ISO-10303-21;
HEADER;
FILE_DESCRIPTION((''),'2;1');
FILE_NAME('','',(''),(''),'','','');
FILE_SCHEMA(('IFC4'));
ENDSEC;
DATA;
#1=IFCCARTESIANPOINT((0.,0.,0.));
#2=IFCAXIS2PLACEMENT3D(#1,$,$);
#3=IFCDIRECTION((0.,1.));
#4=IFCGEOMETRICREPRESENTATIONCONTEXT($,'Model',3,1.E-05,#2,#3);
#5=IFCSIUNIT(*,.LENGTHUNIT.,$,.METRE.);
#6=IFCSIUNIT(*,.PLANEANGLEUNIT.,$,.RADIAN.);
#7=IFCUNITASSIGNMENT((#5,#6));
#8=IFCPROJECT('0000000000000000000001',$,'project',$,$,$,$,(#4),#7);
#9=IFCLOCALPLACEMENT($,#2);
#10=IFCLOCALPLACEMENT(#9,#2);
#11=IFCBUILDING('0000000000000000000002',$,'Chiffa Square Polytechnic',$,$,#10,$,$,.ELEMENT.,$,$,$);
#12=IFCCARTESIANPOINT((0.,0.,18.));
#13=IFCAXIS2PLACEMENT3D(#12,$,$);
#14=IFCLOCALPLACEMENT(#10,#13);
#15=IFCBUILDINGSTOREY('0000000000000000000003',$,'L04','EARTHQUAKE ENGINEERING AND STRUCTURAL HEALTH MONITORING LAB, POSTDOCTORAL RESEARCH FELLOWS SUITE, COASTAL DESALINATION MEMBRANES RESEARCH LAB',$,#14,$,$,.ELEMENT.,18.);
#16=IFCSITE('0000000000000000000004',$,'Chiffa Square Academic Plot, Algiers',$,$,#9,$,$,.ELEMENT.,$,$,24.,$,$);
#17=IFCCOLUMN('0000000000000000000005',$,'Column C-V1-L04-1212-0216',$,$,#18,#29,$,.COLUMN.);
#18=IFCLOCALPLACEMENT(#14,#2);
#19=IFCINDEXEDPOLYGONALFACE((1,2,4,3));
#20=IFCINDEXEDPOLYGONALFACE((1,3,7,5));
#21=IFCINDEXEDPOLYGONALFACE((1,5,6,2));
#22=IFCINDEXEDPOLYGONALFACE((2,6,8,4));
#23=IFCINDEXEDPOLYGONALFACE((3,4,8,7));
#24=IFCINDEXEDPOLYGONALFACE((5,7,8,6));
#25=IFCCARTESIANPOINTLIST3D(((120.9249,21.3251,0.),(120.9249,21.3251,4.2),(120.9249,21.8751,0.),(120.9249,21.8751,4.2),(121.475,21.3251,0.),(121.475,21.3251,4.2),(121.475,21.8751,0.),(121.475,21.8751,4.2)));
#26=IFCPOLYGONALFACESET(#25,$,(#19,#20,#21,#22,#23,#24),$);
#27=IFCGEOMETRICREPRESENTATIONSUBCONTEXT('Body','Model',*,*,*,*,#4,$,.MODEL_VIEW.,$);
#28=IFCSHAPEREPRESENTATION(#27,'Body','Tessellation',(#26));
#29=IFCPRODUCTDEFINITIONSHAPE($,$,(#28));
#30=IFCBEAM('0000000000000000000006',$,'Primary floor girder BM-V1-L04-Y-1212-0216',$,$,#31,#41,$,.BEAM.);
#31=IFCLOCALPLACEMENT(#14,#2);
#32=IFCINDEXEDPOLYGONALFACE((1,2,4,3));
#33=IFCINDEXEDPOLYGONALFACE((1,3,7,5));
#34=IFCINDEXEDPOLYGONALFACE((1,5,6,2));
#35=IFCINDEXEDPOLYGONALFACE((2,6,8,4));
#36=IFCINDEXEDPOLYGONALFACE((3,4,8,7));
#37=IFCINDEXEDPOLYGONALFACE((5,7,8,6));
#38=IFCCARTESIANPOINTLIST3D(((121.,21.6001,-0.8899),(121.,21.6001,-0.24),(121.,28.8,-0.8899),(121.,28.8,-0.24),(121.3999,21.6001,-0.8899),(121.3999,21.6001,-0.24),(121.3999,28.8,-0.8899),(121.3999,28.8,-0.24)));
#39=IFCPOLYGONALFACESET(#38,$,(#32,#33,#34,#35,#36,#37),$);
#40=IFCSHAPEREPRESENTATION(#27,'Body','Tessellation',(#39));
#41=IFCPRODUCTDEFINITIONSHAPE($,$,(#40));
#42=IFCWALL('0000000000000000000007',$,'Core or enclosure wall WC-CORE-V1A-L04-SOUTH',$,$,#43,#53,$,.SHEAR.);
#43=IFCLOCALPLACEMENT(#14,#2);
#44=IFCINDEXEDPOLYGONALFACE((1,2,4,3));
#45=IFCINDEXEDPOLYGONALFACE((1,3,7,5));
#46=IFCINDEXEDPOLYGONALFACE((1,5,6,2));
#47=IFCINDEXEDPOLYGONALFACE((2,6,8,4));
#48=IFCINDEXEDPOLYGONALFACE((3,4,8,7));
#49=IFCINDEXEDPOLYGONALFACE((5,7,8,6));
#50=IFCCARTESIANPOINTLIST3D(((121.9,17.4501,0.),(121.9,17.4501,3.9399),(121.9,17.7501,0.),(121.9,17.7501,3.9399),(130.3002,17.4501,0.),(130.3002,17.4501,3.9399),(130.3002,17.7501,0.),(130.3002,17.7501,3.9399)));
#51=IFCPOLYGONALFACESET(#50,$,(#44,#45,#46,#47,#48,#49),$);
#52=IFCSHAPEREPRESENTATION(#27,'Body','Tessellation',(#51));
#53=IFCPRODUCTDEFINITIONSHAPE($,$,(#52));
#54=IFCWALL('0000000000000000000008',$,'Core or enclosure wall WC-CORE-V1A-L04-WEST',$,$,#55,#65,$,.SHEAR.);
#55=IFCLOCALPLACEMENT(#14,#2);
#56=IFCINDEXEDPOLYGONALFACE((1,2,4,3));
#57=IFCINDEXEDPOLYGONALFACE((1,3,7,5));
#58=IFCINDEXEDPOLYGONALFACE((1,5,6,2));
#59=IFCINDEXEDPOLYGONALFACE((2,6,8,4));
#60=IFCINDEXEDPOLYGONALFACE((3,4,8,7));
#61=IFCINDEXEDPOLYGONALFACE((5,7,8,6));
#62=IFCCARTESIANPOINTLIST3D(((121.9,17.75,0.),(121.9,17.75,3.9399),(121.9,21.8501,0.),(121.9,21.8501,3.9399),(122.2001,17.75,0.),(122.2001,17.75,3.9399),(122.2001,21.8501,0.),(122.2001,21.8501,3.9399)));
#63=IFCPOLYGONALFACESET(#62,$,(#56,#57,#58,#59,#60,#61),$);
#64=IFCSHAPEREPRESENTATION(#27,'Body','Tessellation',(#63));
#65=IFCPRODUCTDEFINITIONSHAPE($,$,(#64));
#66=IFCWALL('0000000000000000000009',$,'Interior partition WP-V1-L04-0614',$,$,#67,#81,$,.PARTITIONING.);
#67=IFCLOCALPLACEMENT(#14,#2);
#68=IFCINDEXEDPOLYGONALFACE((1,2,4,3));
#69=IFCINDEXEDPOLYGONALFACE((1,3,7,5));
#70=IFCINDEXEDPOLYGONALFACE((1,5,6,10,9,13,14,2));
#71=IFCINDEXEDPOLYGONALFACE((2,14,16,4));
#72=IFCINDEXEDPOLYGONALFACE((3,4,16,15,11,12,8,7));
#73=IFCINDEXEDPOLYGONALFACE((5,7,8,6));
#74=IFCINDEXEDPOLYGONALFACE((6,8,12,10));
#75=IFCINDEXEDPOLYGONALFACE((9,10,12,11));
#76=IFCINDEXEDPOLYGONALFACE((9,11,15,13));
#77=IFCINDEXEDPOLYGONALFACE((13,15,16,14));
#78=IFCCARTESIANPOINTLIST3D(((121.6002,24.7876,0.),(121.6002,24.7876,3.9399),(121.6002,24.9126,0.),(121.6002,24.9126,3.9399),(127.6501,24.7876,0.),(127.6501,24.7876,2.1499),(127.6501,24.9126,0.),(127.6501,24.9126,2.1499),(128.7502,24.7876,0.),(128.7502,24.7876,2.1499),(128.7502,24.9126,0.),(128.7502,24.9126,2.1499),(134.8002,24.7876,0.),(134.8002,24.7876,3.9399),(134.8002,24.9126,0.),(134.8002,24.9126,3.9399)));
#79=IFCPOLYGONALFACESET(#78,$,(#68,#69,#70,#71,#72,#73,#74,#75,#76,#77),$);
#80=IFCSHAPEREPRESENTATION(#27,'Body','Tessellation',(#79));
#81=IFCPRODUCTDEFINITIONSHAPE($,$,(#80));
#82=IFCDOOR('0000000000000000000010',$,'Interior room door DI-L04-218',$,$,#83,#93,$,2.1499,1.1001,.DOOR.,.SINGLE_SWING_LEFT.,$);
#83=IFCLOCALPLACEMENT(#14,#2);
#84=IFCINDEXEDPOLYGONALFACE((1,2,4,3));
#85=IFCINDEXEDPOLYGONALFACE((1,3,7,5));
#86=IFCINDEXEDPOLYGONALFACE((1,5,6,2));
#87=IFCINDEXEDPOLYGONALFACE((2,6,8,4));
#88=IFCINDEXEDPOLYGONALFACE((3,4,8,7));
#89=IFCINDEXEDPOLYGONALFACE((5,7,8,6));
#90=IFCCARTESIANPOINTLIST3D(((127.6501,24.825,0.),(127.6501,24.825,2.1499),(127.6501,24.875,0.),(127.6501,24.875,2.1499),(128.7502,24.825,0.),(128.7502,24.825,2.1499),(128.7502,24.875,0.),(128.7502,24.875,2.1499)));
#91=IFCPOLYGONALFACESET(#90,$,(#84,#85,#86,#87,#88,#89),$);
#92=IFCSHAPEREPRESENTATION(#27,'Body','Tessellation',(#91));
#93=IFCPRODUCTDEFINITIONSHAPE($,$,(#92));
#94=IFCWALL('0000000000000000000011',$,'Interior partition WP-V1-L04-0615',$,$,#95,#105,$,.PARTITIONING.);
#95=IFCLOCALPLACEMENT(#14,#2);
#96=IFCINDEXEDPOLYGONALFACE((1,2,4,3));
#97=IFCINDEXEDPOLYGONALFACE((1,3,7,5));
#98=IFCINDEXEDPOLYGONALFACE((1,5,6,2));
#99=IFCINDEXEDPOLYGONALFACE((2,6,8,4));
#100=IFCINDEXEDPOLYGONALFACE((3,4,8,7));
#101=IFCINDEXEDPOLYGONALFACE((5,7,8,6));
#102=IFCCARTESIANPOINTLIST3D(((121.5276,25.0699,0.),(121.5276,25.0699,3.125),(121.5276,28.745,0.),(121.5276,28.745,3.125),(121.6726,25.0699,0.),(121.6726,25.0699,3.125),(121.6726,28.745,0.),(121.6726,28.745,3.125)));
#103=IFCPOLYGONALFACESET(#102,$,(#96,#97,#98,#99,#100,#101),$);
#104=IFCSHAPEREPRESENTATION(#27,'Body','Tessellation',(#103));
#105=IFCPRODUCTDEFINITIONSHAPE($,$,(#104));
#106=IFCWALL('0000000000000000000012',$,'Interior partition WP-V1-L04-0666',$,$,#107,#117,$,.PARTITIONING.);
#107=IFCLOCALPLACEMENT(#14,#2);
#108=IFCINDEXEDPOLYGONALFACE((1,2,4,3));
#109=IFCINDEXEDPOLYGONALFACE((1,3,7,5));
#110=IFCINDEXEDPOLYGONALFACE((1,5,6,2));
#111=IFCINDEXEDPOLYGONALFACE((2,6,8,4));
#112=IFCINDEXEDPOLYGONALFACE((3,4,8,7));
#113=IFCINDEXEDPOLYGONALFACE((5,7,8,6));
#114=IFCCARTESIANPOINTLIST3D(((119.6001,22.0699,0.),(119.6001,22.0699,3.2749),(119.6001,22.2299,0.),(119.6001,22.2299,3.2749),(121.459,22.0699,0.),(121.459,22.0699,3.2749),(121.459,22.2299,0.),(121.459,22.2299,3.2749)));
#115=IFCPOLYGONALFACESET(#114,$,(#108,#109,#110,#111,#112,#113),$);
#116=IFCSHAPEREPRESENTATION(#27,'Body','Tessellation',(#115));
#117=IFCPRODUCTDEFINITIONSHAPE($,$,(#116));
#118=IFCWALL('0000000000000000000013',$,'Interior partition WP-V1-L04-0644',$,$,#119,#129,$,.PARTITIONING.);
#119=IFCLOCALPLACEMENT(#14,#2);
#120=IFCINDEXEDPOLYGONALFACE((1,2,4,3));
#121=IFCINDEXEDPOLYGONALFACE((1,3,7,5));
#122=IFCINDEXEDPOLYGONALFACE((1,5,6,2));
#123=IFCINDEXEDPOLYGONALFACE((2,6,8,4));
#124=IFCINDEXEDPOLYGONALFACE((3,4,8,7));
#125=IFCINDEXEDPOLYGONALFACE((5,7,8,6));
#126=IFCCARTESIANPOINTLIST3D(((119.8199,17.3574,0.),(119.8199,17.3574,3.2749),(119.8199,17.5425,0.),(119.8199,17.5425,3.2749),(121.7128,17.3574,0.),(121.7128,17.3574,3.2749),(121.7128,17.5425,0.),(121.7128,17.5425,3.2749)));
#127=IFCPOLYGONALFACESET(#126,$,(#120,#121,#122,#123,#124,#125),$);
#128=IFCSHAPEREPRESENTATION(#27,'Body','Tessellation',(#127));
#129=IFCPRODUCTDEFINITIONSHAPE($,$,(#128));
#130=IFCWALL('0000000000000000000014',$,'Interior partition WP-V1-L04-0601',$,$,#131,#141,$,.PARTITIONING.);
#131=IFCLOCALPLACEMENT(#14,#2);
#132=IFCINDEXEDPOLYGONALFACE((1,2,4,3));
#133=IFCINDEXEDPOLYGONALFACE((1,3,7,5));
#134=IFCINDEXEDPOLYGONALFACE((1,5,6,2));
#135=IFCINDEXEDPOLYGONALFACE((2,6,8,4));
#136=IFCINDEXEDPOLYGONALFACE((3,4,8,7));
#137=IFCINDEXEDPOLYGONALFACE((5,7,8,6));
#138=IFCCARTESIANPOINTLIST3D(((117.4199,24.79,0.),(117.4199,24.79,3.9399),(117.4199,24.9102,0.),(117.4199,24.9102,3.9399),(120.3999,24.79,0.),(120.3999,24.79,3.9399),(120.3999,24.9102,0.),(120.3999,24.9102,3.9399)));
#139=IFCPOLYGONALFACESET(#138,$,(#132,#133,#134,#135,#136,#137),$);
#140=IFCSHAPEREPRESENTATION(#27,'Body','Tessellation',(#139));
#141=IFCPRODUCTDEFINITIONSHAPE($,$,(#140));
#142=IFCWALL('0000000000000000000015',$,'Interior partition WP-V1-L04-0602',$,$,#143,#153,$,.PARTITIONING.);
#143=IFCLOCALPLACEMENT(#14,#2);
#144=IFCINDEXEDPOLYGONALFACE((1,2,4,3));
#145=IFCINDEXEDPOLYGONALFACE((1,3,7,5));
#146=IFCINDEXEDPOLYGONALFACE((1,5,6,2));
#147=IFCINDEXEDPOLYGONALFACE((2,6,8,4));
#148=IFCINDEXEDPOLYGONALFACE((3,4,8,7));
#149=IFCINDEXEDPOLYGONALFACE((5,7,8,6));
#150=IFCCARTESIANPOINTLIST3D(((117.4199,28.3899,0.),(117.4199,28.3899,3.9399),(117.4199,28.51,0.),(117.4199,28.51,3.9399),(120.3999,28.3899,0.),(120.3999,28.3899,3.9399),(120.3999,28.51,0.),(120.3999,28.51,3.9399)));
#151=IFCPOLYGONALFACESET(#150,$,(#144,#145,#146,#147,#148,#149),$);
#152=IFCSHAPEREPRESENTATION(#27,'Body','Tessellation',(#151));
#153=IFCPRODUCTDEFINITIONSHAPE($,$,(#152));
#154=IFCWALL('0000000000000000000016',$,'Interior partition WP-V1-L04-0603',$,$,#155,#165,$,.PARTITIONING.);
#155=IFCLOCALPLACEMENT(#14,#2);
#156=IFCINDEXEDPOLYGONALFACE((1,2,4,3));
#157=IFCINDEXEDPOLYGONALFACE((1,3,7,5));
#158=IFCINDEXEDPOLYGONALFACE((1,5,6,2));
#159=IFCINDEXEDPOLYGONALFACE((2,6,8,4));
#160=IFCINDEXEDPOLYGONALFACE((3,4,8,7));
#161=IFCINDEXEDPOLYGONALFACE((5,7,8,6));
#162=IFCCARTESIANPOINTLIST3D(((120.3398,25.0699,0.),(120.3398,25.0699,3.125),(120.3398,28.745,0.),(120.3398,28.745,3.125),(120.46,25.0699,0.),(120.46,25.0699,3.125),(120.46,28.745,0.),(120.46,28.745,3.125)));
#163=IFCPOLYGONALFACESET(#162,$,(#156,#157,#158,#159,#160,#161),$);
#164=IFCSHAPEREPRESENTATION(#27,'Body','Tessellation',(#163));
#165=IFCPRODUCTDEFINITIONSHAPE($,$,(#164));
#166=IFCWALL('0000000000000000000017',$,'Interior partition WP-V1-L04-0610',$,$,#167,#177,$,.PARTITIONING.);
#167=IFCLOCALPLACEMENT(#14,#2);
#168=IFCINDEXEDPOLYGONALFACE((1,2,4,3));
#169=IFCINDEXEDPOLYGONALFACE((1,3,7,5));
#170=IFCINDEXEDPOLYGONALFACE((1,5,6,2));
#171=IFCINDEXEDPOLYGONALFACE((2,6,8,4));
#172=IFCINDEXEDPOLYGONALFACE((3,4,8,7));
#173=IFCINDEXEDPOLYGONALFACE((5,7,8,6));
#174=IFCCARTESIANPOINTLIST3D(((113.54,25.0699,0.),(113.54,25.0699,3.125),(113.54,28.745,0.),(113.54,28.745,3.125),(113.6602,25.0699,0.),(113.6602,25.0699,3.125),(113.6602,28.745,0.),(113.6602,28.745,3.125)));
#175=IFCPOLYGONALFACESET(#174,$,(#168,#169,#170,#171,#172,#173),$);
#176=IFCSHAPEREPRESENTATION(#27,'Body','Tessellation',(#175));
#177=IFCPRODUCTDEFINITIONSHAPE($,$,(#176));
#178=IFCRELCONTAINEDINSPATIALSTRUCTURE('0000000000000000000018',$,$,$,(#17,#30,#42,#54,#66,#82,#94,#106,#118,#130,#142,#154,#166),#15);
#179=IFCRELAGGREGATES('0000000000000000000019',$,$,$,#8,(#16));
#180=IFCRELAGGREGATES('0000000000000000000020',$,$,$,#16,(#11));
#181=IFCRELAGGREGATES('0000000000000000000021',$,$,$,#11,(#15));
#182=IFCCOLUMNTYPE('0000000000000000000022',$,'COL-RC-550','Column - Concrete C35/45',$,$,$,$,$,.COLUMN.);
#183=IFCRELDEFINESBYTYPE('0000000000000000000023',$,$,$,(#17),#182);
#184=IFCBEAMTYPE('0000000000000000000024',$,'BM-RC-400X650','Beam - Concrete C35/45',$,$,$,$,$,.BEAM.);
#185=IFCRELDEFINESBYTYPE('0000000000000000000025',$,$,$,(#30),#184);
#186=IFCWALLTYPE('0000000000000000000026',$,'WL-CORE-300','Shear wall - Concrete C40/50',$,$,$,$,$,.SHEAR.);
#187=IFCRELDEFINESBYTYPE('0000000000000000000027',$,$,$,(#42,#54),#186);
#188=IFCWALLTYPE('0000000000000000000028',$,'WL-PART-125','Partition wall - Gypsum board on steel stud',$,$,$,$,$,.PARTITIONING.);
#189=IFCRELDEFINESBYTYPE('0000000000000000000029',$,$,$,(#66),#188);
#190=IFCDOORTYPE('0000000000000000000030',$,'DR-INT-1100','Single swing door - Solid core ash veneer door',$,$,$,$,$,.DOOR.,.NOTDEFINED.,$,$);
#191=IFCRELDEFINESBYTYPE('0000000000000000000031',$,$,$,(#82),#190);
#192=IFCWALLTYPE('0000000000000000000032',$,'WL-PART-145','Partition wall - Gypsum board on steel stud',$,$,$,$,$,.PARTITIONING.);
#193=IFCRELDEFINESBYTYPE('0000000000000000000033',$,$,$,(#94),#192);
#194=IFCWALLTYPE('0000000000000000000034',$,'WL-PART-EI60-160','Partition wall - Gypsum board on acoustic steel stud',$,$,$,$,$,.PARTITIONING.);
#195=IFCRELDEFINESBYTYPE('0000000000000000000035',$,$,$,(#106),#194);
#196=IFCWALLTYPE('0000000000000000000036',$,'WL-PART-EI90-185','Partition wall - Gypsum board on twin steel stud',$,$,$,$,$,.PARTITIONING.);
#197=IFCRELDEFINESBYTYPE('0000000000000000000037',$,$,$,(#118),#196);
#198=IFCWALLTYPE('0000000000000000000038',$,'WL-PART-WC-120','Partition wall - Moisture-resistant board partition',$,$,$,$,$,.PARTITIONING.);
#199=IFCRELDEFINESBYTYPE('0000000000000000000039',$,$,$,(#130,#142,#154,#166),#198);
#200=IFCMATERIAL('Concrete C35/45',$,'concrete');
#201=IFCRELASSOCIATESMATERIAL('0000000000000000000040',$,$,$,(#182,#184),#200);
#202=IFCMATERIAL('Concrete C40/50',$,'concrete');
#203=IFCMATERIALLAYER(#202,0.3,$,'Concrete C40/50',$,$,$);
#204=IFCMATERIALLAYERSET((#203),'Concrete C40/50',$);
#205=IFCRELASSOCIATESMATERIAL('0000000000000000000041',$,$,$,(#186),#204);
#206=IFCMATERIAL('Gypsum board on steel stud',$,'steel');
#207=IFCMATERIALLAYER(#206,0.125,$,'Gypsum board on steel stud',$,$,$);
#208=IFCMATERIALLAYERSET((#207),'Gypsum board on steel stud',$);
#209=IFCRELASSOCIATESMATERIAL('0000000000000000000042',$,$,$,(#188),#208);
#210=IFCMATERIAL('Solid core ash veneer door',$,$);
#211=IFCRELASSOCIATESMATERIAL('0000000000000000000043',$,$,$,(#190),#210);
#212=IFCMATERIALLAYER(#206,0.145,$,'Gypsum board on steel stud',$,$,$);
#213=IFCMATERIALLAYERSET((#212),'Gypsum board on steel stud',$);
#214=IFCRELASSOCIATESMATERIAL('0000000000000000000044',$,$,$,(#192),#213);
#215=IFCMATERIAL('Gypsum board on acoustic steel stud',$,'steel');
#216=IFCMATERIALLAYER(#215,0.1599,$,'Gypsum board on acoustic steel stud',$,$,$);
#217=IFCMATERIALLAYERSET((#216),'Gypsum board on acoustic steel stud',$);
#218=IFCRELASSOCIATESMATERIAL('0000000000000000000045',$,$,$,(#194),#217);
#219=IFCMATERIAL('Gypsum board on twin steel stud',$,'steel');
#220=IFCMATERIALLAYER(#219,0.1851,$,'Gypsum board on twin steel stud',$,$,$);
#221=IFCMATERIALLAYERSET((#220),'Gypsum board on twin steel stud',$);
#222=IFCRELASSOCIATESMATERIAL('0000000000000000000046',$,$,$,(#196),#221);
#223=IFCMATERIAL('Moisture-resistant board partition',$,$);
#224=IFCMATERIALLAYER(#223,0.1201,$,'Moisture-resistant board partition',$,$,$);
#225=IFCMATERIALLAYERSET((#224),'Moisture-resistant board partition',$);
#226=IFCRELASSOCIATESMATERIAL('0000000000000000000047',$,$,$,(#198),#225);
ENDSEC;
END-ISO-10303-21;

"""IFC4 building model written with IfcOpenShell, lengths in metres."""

from ifc_helpers import new_model, si_unit, direction, frame, frame_2d, origin, origin_2d, place, context, subcontext, project, spatial, rectangle, extrude, material, layer, layer_set, material_profile, profile_set, type_object, element, fill, save


model = new_model("IFC4")

# Units and contexts
model_context = context("Model", 3, precision=1e-05, world=origin(), true_north=direction((0.0, 1.0)))
body_context = subcontext(model_context, "Body", "Model", "MODEL_VIEW")
ifc_project = project(units=[si_unit("LENGTHUNIT", "METRE"), si_unit("PLANEANGLEUNIT", "RADIAN")], contexts=[model_context])

# Site, building, storey
site_placement = place(None, origin())
site = spatial("IfcSite", under=ifc_project, at=site_placement, Name="Chiffa Square Academic Plot, Algiers", CompositionType="ELEMENT", RefElevation=24.0)
building_placement = place(site_placement, origin())
building = spatial("IfcBuilding", under=site, at=building_placement, Name="Chiffa Square Polytechnic", CompositionType="ELEMENT")
storey_placement = place(building_placement, frame((0.0, 0.0, 18.0)))
storey = spatial("IfcBuildingStorey", under=building, at=storey_placement, Name="L04", Description="EARTHQUAKE ENGINEERING AND STRUCTURAL HEALTH MONITORING LAB, POSTDOCTORAL RESEARCH FELLOWS SUITE, COASTAL DESALINATION MEMBRANES RESEARCH LAB", CompositionType="ELEMENT", Elevation=18.0)

# Column
ifc_material_1 = material(Name="Concrete C35/45", Category="concrete")
ifc_material_profile_1 = material_profile(ifc_material_1, rectangle(XDim=0.55, YDim=0.55, at=origin_2d()), Name="RC 550x550")
ifc_profile_set_1 = profile_set([ifc_material_profile_1], Name="Concrete C35/45")
column_type = type_object("IfcColumnType", Name="COL-RC-550", Description="Column - Concrete C35/45", PredefinedType="COLUMN", material=ifc_profile_set_1)
column_placement = place(storey_placement, frame((121.2, 21.6001, 0.0), z_axis=(0.0, 0.0, 1.0), x_axis=(1.0, 0.0, 0.0)))
element("IfcColumn", 1, at=column_placement, inside=storey, type_object=column_type, Name="Column C-V1-L04-1212-0216", PredefinedType="COLUMN", context=body_context, shape_type="SweptSolid", body=[
    extrude(rectangle(XDim=0.55, YDim=0.55, at=origin_2d()), origin(), (0.0, 0.0, 1.0), 4.2),
])

# Beam
ifc_material_profile_2 = material_profile(ifc_material_1, rectangle(XDim=0.3999, YDim=0.6499, at=origin_2d()), Name="RC 400x650")
ifc_profile_set_2 = profile_set([ifc_material_profile_2], Name="Concrete C35/45")
beam_type = type_object("IfcBeamType", Name="BM-RC-400X650", Description="Beam - Concrete C35/45", PredefinedType="BEAM", material=ifc_profile_set_2)
beam_placement = place(storey_placement, frame((121.2, 21.6001, -0.5649), z_axis=(0.0, 1.0, 0.0), x_axis=(-1.0, 0.0, 0.0)))
element("IfcBeam", 2, at=beam_placement, inside=storey, type_object=beam_type, Name="Primary floor girder BM-V1-L04-Y-1212-0216", PredefinedType="BEAM", context=body_context, shape_type="SweptSolid", body=[
    extrude(rectangle(XDim=0.3999, YDim=0.6499, at=origin_2d()), origin(), (0.0, 0.0, 1.0), 7.2),
])

# Wall
ifc_material_2 = material(Name="Concrete C40/50", Category="concrete")
ifc_layer_1 = layer(ifc_material_2, 0.3, Name="Concrete C40/50")
ifc_layer_set_1 = layer_set([ifc_layer_1], Name="Concrete C40/50")
wall_type_1 = type_object("IfcWallType", Name="WL-CORE-300", Description="Shear wall - Concrete C40/50", PredefinedType="SHEAR", material=ifc_layer_set_1)
wall_1_placement = place(storey_placement, frame((121.8999, 17.6001, 0.0), z_axis=(0.0, 0.0, 1.0), x_axis=(1.0, 0.0, 0.0)))
element("IfcWall", 3, at=wall_1_placement, inside=storey, type_object=wall_type_1, Name="Core or enclosure wall WC-CORE-V1A-L04-SOUTH", PredefinedType="SHEAR", context=body_context, shape_type="SweptSolid", body=[
    extrude(rectangle(XDim=8.4001, YDim=0.3, at=frame_2d((4.2002, 0.0))), origin(), (0.0, 0.0, 1.0), 3.9399),
])

# Wall
wall_2_placement = place(storey_placement, frame((122.05, 17.75, 0.0), z_axis=(0.0, 0.0, 1.0), x_axis=(0.0, 1.0, 0.0)))
element("IfcWall", 4, at=wall_2_placement, inside=storey, type_object=wall_type_1, Name="Core or enclosure wall WC-CORE-V1A-L04-WEST", PredefinedType="SHEAR", context=body_context, shape_type="SweptSolid", body=[
    extrude(rectangle(XDim=4.1001, YDim=0.3, at=frame_2d((2.05, 0.0))), origin(), (0.0, 0.0, 1.0), 3.9399),
])

# Wall, opening, door
ifc_material_3 = material(Name="Gypsum board on steel stud", Category="steel")
ifc_layer_2 = layer(ifc_material_3, 0.125, Name="Gypsum board on steel stud")
ifc_layer_set_2 = layer_set([ifc_layer_2], Name="Gypsum board on steel stud")
wall_type_2 = type_object("IfcWallType", Name="WL-PART-125", Description="Partition wall - Gypsum board on steel stud", PredefinedType="PARTITIONING", material=ifc_layer_set_2)
wall_3_placement = place(storey_placement, frame((121.6001, 24.8501, 0.0), z_axis=(0.0, 0.0, 1.0), x_axis=(1.0, 0.0, 0.0)))
wall_3 = element("IfcWall", 5, at=wall_3_placement, inside=storey, type_object=wall_type_2, Name="Interior partition WP-V1-L04-0614", PredefinedType="PARTITIONING", context=body_context, shape_type="SweptSolid", body=[
    extrude(rectangle(XDim=13.2, YDim=0.125, at=frame_2d((6.6001, 0.0))), origin(), (0.0, 0.0, 1.0), 3.9399),
])
opening_1_placement = place(wall_3_placement, frame((6.05, 0.0, 0.0)))
opening_1 = element("IfcOpeningElement", 6, at=opening_1_placement, cuts=wall_3, PredefinedType="OPENING", context=body_context, shape_type="SweptSolid", body=[
    extrude(rectangle(XDim=1.1001, YDim=2.1499, at=frame_2d((0.55, 1.075))), frame((0.0, 0.0725, 0.0), z_axis=(0.0, -1.0, 0.0), x_axis=(1.0, 0.0, 0.0)), (0.0, 0.0, 1.0), 0.145),
])
ifc_material_4 = material(Name="Solid core ash veneer door")
door_type_1 = type_object("IfcDoorType", Name="DR-INT-1100", Description="Single swing door - Solid core ash veneer door", OperationType="NOTDEFINED", PredefinedType="DOOR", material=ifc_material_4)
door_1_placement = place(opening_1_placement, origin())
door_1 = element("IfcDoor", 7, at=door_1_placement, inside=storey, type_object=door_type_1, Name="Interior room door DI-L04-218", OperationType="SINGLE_SWING_LEFT", OverallHeight=2.1499, OverallWidth=1.1001, PredefinedType="DOOR", context=body_context, shape_type="SweptSolid", body=[
    extrude(rectangle(XDim=1.1001, YDim=2.1499, at=frame_2d((0.55, 1.075))), frame((0.0, 0.0249, 0.0), z_axis=(0.0, -1.0, 0.0), x_axis=(1.0, 0.0, 0.0)), (0.0, 0.0, 1.0), 0.05),
])
fill(opening_1, door_1)

# Walls
ifc_layer_3 = layer(ifc_material_3, 0.145, Name="Gypsum board on steel stud")
ifc_layer_set_3 = layer_set([ifc_layer_3], Name="Gypsum board on steel stud")
wall_type_3 = type_object("IfcWallType", Name="WL-PART-145", Description="Partition wall - Gypsum board on steel stud", PredefinedType="PARTITIONING", material=ifc_layer_set_3)
wall_4_placement = place(storey_placement, frame((121.6001, 25.0701, 0.0), z_axis=(0.0, 0.0, 1.0), x_axis=(0.0, 1.0, 0.0)))
element("IfcWall", 8, at=wall_4_placement, inside=storey, type_object=wall_type_3, Name="Interior partition WP-V1-L04-0615", PredefinedType="PARTITIONING", context=body_context, shape_type="SweptSolid", body=[
    extrude(rectangle(XDim=3.675, YDim=0.145, at=frame_2d((1.8374, 0.0))), origin(), (0.0, 0.0, 1.0), 3.125),
])
ifc_material_5 = material(Name="Gypsum board on acoustic steel stud", Category="steel")
ifc_layer_4 = layer(ifc_material_5, 0.1599, Name="Gypsum board on acoustic steel stud")
ifc_layer_set_4 = layer_set([ifc_layer_4], Name="Gypsum board on acoustic steel stud")
wall_type_4 = type_object("IfcWallType", Name="WL-PART-EI60-160", Description="Partition wall - Gypsum board on acoustic steel stud", PredefinedType="PARTITIONING", material=ifc_layer_set_4)
wall_5_placement = place(storey_placement, frame((119.6001, 22.1499, 0.0), z_axis=(0.0, 0.0, 1.0), x_axis=(1.0, 0.0, 0.0)))
element("IfcWall", 9, at=wall_5_placement, inside=storey, type_object=wall_type_4, Name="Interior partition WP-V1-L04-0666", PredefinedType="PARTITIONING", context=body_context, shape_type="SweptSolid", body=[
    extrude(rectangle(XDim=1.8589, YDim=0.1599, at=frame_2d((0.9294, 0.0))), origin(), (0.0, 0.0, 1.0), 3.2749),
])
ifc_material_6 = material(Name="Gypsum board on twin steel stud", Category="steel")
ifc_layer_5 = layer(ifc_material_6, 0.1851, Name="Gypsum board on twin steel stud")
ifc_layer_set_5 = layer_set([ifc_layer_5], Name="Gypsum board on twin steel stud")
wall_type_5 = type_object("IfcWallType", Name="WL-PART-EI90-185", Description="Partition wall - Gypsum board on twin steel stud", PredefinedType="PARTITIONING", material=ifc_layer_set_5)
wall_6_placement = place(storey_placement, frame((119.8201, 17.45, 0.0), z_axis=(0.0, 0.0, 1.0), x_axis=(1.0, 0.0, 0.0)))
element("IfcWall", 10, at=wall_6_placement, inside=storey, type_object=wall_type_5, Name="Interior partition WP-V1-L04-0644", PredefinedType="PARTITIONING", context=body_context, shape_type="SweptSolid", body=[
    extrude(rectangle(XDim=1.8928, YDim=0.1851, at=frame_2d((0.9463, 0.0))), origin(), (0.0, 0.0, 1.0), 3.2749),
])

# Shared definitions
ifc_material_7 = material(Name="Moisture-resistant board partition")
ifc_layer_6 = layer(ifc_material_7, 0.1201, Name="Moisture-resistant board partition")
ifc_layer_set_6 = layer_set([ifc_layer_6], Name="Moisture-resistant board partition")
wall_type_6 = type_object("IfcWallType", Name="WL-PART-WC-120", Description="Partition wall - Moisture-resistant board partition", PredefinedType="PARTITIONING", material=ifc_layer_set_6)

# Walls
for number, where, z_axis, x_axis, name in (
    (11, (117.4199, 24.8501, 0.0), (0.0, 0.0, 1.0), (1.0, 0.0, 0.0), "Interior partition WP-V1-L04-0601"),
    (12, (117.4199, 28.45, 0.0), (0.0, 0.0, 1.0), (1.0, 0.0, 0.0), "Interior partition WP-V1-L04-0602"),
):
    element("IfcWall", number, at=place(storey_placement, frame(where, z_axis=z_axis, x_axis=x_axis)), inside=storey, type_object=wall_type_6, Name=name, PredefinedType="PARTITIONING", context=body_context, shape_type="SweptSolid", body=[
        extrude(rectangle(XDim=2.98, YDim=0.1201, at=frame_2d((1.49, 0.0))), origin(), (0.0, 0.0, 1.0), 3.9399),
    ])
wall_7_placement = place(storey_placement, frame((120.3999, 25.0701, 0.0), z_axis=(0.0, 0.0, 1.0), x_axis=(0.0, 1.0, 0.0)))
element("IfcWall", 13, at=wall_7_placement, inside=storey, type_object=wall_type_6, Name="Interior partition WP-V1-L04-0603", PredefinedType="PARTITIONING", context=body_context, shape_type="SweptSolid", body=[
    extrude(rectangle(XDim=3.675, YDim=0.1201, at=frame_2d((1.8374, 0.0))), origin(), (0.0, 0.0, 1.0), 3.125),
])

# Wall
wall_8_placement = place(storey_placement, frame((113.6001, 25.0701, 0.0), z_axis=(0.0, 0.0, 1.0), x_axis=(0.0, 1.0, 0.0)))
element("IfcWall", 14, at=wall_8_placement, inside=storey, type_object=wall_type_6, Name="Interior partition WP-V1-L04-0610", PredefinedType="PARTITIONING", context=body_context, shape_type="SweptSolid", body=[
    extrude(rectangle(XDim=3.675, YDim=0.1201, at=frame_2d((1.8374, 0.0))), origin(), (0.0, 0.0, 1.0), 3.125),
])

save(model, "model.ifc")
